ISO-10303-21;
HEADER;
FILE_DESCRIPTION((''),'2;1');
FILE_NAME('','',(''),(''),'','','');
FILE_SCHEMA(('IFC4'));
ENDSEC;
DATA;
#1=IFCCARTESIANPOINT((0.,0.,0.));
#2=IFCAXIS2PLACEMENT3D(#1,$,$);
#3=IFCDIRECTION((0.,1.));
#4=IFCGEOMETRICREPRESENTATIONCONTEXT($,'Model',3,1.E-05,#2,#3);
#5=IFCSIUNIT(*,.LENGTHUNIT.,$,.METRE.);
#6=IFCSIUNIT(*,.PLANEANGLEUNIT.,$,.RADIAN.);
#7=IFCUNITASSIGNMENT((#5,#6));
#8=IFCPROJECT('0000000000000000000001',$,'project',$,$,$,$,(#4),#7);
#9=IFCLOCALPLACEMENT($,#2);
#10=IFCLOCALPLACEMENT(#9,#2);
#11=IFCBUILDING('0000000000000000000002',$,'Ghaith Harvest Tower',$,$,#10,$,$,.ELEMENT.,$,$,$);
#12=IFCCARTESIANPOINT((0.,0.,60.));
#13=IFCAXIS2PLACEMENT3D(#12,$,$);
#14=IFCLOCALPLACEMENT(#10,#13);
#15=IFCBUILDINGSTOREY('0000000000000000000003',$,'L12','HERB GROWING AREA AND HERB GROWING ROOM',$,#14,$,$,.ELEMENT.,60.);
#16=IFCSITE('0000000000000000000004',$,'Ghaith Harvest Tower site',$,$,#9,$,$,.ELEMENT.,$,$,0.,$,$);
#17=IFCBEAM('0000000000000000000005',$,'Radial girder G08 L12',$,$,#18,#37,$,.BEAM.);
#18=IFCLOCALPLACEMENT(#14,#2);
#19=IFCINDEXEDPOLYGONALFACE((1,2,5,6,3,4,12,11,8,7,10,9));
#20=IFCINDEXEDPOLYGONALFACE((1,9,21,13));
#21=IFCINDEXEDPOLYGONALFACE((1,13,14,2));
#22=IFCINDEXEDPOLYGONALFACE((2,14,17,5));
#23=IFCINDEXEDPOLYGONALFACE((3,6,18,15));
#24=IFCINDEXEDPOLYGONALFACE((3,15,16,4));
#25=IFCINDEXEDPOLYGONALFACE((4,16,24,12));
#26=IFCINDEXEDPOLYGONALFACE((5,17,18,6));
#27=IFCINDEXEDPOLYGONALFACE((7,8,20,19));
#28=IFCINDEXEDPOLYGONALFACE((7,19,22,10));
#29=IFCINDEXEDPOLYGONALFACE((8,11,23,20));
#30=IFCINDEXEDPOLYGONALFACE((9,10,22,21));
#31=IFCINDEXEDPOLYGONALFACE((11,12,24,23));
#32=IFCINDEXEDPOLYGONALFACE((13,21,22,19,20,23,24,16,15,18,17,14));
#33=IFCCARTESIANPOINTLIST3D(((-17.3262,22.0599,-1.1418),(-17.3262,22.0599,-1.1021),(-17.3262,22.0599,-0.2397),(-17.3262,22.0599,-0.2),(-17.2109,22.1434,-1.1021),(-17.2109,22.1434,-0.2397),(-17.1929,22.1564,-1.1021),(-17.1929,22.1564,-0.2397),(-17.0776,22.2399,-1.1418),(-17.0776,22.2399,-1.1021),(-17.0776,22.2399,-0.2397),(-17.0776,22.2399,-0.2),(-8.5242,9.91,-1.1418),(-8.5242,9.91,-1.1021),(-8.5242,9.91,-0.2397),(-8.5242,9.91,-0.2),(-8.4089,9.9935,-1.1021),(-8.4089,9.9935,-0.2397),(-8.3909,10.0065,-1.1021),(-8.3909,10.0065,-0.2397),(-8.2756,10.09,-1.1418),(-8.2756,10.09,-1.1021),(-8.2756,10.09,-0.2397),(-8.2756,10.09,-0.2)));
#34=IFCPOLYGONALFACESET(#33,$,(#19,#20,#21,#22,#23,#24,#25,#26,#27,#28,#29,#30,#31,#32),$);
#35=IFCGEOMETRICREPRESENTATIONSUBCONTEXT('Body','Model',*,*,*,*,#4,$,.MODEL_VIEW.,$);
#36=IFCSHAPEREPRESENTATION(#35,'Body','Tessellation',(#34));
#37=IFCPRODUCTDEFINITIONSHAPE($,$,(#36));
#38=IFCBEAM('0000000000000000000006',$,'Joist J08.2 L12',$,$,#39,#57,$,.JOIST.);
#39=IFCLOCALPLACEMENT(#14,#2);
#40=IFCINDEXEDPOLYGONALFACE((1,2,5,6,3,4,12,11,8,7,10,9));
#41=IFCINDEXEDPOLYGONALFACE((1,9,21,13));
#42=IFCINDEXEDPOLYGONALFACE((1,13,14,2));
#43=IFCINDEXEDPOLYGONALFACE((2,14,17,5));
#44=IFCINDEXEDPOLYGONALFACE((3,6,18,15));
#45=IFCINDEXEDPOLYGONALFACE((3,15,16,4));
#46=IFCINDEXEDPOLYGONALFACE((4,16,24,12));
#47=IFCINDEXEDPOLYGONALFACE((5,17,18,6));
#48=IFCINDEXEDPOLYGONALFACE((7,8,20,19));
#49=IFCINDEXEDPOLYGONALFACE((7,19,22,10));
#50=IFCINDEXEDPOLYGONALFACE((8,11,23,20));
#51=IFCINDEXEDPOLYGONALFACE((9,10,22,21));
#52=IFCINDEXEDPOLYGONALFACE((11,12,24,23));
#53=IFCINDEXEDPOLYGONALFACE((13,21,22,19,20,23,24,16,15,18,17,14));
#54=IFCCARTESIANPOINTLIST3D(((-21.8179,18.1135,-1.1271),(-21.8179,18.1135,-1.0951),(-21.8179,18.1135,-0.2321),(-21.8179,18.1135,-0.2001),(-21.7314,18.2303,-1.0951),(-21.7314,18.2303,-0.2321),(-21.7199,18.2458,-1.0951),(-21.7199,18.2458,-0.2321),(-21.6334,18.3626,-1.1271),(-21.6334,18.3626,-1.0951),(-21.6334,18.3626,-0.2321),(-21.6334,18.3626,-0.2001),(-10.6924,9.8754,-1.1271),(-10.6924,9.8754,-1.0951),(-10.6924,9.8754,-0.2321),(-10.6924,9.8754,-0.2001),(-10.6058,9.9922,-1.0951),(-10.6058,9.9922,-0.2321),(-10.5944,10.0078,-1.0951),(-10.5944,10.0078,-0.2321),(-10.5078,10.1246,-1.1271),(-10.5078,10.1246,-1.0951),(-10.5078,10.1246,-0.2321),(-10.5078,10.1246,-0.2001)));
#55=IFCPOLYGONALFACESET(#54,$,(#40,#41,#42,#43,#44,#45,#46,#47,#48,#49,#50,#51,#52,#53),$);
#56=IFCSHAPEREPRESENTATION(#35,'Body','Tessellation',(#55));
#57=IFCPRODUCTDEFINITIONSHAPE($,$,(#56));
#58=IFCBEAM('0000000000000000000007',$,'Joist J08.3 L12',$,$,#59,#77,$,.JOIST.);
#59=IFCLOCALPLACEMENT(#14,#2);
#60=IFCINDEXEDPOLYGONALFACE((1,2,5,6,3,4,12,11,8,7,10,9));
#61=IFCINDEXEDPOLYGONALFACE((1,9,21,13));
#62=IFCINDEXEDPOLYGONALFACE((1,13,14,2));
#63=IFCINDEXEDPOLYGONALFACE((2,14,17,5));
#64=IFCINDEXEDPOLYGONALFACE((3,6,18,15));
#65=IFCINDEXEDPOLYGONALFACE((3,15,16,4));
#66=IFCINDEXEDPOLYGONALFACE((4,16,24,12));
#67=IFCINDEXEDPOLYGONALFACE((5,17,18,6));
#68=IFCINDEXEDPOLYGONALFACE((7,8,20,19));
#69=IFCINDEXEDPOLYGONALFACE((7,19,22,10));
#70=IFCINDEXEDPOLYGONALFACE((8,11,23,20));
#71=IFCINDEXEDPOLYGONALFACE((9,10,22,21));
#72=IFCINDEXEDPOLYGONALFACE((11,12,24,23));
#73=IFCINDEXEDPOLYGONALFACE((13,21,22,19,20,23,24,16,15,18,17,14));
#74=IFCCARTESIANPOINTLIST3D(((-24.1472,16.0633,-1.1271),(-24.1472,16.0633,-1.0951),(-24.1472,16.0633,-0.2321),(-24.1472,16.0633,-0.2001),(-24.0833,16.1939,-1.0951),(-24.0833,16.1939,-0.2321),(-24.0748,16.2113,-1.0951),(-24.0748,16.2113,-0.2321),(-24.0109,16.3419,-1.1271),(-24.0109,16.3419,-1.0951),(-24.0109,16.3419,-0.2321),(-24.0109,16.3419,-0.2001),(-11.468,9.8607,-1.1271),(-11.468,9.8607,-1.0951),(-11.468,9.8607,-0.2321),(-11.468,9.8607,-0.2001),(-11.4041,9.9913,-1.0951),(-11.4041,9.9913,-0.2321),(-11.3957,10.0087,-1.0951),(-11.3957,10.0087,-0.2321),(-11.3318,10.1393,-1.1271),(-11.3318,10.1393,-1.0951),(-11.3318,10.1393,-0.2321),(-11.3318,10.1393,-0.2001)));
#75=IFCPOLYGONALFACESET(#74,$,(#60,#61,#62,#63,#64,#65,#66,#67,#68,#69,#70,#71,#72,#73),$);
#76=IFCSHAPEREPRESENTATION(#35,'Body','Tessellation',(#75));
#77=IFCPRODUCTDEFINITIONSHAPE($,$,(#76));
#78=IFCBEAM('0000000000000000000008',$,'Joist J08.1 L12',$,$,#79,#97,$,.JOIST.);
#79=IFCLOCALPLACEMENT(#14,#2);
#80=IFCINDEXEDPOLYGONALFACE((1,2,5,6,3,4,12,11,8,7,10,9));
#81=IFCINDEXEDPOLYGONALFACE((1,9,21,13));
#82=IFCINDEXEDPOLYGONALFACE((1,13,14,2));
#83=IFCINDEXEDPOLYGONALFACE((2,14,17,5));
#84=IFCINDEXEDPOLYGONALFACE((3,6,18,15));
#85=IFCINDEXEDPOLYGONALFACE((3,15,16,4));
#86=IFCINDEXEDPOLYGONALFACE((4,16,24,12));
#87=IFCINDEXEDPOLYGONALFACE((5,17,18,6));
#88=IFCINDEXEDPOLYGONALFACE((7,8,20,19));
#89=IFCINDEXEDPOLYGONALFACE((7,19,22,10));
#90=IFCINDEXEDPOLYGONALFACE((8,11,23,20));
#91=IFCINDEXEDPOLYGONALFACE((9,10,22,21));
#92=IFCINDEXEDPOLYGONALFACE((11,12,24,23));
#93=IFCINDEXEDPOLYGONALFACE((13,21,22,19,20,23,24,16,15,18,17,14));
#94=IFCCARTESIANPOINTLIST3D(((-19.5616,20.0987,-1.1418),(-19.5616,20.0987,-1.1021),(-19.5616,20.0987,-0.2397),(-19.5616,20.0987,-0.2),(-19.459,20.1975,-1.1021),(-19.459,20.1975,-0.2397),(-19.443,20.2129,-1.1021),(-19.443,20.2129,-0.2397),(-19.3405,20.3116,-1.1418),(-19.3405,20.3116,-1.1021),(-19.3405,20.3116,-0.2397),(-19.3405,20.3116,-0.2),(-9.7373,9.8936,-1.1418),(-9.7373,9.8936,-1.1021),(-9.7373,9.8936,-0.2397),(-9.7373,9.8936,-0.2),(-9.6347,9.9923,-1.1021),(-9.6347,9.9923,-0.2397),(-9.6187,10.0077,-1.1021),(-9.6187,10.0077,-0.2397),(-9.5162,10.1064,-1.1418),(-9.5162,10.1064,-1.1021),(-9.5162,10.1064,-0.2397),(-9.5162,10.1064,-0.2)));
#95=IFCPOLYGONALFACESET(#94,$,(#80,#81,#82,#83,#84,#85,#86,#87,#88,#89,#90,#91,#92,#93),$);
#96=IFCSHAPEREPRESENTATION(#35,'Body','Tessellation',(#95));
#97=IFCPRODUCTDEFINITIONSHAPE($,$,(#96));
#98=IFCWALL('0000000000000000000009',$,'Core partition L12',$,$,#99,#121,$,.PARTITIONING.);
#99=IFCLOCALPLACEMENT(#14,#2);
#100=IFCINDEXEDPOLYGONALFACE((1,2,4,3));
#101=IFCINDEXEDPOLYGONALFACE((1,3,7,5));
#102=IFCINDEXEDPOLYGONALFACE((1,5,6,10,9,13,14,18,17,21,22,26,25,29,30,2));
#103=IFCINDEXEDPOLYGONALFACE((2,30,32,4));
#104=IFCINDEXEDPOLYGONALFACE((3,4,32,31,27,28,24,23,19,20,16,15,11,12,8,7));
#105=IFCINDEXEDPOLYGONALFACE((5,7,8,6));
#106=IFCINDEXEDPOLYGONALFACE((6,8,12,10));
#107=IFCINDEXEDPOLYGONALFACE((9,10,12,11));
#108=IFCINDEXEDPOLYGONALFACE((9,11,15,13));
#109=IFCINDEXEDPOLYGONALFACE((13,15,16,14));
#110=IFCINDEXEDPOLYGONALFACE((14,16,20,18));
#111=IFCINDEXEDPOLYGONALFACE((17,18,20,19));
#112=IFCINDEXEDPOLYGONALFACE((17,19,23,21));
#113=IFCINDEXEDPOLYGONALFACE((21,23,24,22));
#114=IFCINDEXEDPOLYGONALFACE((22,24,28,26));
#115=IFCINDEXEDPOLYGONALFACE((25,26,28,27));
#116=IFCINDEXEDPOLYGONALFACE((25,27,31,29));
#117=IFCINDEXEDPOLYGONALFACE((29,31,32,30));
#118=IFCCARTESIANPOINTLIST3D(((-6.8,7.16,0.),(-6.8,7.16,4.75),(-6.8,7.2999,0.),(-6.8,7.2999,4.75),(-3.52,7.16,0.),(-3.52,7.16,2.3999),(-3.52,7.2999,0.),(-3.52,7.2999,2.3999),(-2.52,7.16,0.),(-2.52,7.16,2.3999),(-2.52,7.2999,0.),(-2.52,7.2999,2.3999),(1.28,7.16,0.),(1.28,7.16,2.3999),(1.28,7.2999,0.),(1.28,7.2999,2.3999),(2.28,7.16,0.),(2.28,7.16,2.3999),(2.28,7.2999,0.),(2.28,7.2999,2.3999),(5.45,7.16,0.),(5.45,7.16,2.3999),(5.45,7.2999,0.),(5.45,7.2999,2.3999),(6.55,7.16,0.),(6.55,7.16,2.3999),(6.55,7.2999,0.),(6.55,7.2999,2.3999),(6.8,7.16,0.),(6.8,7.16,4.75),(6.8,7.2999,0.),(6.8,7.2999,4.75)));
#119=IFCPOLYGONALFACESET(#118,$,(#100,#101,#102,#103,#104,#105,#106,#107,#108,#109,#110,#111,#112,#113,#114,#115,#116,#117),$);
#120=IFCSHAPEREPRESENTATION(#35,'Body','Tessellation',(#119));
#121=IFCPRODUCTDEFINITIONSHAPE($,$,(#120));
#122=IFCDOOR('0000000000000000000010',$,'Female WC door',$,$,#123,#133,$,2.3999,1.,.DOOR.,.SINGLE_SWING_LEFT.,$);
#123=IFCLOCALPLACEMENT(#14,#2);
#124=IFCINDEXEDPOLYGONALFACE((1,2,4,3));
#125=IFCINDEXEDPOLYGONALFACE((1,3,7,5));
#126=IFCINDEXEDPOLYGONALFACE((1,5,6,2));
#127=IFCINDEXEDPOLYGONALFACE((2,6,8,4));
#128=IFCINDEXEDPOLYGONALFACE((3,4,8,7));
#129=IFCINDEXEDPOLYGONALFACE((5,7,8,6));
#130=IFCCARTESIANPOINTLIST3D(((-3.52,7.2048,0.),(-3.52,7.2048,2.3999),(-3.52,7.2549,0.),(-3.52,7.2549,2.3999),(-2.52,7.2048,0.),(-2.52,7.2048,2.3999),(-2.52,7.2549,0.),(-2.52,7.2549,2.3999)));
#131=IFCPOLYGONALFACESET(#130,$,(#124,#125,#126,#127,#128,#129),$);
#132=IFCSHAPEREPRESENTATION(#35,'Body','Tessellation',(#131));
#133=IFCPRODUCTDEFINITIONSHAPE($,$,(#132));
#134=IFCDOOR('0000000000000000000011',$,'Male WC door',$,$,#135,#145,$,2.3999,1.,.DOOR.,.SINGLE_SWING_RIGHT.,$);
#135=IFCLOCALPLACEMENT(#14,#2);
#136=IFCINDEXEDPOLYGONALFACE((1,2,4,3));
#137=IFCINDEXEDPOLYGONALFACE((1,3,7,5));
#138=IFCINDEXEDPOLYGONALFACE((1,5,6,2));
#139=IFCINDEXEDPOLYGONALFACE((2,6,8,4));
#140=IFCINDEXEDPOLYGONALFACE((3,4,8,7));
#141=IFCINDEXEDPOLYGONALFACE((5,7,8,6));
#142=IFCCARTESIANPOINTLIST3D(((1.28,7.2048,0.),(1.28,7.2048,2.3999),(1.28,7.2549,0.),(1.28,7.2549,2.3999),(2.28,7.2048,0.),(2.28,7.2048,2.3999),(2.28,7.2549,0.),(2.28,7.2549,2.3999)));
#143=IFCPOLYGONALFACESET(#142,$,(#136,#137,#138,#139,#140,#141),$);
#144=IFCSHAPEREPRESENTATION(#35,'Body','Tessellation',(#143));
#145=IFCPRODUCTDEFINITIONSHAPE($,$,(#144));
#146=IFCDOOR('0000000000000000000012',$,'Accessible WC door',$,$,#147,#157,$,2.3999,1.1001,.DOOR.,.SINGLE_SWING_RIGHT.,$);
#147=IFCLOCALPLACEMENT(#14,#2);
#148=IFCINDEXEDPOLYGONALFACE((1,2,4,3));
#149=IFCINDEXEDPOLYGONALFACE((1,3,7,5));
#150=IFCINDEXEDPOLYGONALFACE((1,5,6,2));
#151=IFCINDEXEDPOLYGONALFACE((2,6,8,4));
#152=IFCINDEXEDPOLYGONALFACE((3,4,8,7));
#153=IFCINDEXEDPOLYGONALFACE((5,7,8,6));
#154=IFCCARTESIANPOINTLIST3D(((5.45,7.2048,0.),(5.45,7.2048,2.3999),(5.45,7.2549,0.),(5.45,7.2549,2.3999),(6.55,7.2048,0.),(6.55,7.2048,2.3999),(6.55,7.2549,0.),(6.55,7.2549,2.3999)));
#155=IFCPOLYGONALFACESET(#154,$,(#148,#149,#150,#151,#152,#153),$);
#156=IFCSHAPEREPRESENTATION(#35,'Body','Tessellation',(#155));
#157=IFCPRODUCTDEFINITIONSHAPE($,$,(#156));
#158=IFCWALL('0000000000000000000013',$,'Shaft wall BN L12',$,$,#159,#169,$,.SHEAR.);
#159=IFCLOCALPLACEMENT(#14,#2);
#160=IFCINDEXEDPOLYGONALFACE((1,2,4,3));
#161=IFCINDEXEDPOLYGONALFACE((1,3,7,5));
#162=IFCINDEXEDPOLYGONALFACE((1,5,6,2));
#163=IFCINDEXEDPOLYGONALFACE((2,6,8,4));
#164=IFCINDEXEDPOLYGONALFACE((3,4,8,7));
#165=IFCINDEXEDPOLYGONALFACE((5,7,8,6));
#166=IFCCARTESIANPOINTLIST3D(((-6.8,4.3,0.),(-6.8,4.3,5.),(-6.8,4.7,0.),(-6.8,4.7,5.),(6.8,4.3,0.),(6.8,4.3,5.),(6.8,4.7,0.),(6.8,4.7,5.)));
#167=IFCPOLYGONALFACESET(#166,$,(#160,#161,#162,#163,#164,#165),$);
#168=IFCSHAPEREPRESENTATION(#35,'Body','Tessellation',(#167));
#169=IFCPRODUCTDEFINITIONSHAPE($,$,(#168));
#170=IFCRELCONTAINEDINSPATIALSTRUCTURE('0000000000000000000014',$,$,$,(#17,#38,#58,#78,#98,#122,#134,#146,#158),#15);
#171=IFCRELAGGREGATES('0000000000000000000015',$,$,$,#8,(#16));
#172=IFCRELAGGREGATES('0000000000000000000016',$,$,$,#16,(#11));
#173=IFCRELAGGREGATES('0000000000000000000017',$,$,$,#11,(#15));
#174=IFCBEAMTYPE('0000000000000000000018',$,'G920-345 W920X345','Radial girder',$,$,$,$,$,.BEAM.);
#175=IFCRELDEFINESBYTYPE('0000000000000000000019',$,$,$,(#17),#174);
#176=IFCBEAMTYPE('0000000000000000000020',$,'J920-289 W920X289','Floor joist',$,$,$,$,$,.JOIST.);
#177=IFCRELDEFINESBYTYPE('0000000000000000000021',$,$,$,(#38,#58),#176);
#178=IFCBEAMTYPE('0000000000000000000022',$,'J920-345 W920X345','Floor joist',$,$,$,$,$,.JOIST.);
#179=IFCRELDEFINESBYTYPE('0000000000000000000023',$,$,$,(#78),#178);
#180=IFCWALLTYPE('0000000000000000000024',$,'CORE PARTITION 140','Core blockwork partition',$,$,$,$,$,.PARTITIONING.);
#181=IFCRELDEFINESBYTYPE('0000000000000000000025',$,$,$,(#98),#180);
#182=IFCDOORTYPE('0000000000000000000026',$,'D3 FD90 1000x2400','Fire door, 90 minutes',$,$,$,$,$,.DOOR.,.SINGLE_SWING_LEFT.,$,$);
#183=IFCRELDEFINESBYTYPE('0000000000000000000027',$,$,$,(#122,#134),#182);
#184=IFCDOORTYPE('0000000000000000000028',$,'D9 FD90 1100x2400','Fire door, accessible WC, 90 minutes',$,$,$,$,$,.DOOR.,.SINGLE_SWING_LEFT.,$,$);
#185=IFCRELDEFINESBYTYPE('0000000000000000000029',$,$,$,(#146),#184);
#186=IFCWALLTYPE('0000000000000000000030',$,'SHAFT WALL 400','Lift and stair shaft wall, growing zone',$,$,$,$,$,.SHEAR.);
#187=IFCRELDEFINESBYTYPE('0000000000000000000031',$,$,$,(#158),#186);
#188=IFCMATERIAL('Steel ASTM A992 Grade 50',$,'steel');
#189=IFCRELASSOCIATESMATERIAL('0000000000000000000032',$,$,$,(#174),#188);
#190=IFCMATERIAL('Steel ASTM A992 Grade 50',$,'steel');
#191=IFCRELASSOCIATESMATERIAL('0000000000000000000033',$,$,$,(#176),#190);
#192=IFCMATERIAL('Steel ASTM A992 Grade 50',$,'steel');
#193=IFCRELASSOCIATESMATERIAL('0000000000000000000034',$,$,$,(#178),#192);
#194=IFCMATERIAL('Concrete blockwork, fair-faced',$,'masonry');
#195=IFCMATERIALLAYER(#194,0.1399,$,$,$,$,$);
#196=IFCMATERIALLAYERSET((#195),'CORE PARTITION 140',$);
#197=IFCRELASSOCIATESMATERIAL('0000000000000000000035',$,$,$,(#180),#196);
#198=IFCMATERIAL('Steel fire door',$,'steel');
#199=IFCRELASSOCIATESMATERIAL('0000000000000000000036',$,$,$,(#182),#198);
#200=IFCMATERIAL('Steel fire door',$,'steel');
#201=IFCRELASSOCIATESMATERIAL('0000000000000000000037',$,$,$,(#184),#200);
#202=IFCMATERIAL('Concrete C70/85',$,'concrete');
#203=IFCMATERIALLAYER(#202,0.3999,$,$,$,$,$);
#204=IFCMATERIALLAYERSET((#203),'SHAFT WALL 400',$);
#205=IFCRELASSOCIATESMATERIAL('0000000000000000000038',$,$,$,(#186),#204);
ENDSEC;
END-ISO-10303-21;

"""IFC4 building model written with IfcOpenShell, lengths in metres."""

from ifc_helpers import new_model, si_unit, direction, frame, frame_2d, origin, origin_2d, place, context, subcontext, project, spatial, rectangle, i_section, extrude, material, layer, layer_set, material_profile, profile_set, type_object, element, fill, save


model = new_model("IFC4")

# Units and contexts
model_context = context("Model", 3, precision=1e-05, world=origin(), true_north=direction((0.0, 1.0)))
body_context = subcontext(model_context, "Body", "Model", "MODEL_VIEW")
ifc_project = project(units=[si_unit("LENGTHUNIT", "METRE"), si_unit("PLANEANGLEUNIT", "RADIAN")], contexts=[model_context])

# Site, building, storey
site_placement = place(None, origin())
site = spatial("IfcSite", under=ifc_project, at=site_placement, Name="Ghaith Harvest Tower site", CompositionType="ELEMENT", RefElevation=0.0)
building_placement = place(site_placement, origin())
building = spatial("IfcBuilding", under=site, at=building_placement, Name="Ghaith Harvest Tower", CompositionType="ELEMENT")
storey_placement = place(building_placement, frame((0.0, 0.0, 60.0)))
storey = spatial("IfcBuildingStorey", under=building, at=storey_placement, Name="L12", Description="HERB GROWING AREA AND HERB GROWING ROOM", CompositionType="ELEMENT", Elevation=60.0)

# Beams
ifc_material_1 = material(Name="Steel ASTM A992 Grade 50", Category="steel")
ifc_material_profile_1 = material_profile(ifc_material_1, i_section(OverallWidth=0.3069, OverallDepth=0.9419, WebThickness=0.0222, FlangeThickness=0.0398, at=origin_2d()), Name="W920X345")
ifc_profile_set_1 = profile_set([ifc_material_profile_1], Name="Steel ASTM A992 Grade 50")
beam_type_1 = type_object("IfcBeamType", Name="G920-345 W920X345", Description="Radial girder", PredefinedType="BEAM", material=ifc_profile_set_1)
beam_1_placement = place(storey_placement, frame((-8.3999, 10.0, -0.6709), z_axis=(-0.586676, 0.809822, 0.0), x_axis=(-0.809822, -0.586676, 0.0)))
element("IfcBeam", 1, at=beam_1_placement, inside=storey, type_object=beam_type_1, Name="Radial girder G08 L12", PredefinedType="BEAM", context=body_context, shape_type="SweptSolid", body=[
    extrude(i_section(OverallWidth=0.3069, OverallDepth=0.9419, WebThickness=0.0222, FlangeThickness=0.0398, at=origin_2d()), origin(), (0.0, 0.0, 1.0), 15.0032),
])
ifc_material_2 = material(Name="Steel ASTM A992 Grade 50", Category="steel")
ifc_material_profile_2 = material_profile(ifc_material_2, i_section(OverallWidth=0.3101, OverallDepth=0.927, WebThickness=0.0193, FlangeThickness=0.032, at=origin_2d()), Name="W920X289")
ifc_profile_set_2 = profile_set([ifc_material_profile_2], Name="Steel ASTM A992 Grade 50")
beam_type_2 = type_object("IfcBeamType", Name="J920-289 W920X289", Description="Floor joist", PredefinedType="JOIST", material=ifc_profile_set_2)
beam_2_placement = place(storey_placement, frame((-10.6001, 10.0, -0.6636), z_axis=(-0.803663, 0.595085, 0.0), x_axis=(-0.595085, -0.803663, 0.0)))
element("IfcBeam", 2, at=beam_2_placement, inside=storey, type_object=beam_type_2, Name="Joist J08.2 L12", PredefinedType="JOIST", context=body_context, shape_type="SweptSolid", body=[
    extrude(i_section(OverallWidth=0.3101, OverallDepth=0.927, WebThickness=0.0193, FlangeThickness=0.032, at=origin_2d()), origin(), (0.0, 0.0, 1.0), 13.8435),
])
beam_3_placement = place(storey_placement, frame((-11.3999, 10.0, -0.6636), z_axis=(-0.898275, 0.439434, 0.0), x_axis=(-0.439434, -0.898275, 0.0)))
element("IfcBeam", 3, at=beam_3_placement, inside=storey, type_object=beam_type_2, Name="Joist J08.3 L12", PredefinedType="JOIST", context=body_context, shape_type="SweptSolid", body=[
    extrude(i_section(OverallWidth=0.3101, OverallDepth=0.927, WebThickness=0.0193, FlangeThickness=0.032, at=origin_2d()), origin(), (0.0, 0.0, 1.0), 14.115),
])
ifc_material_3 = material(Name="Steel ASTM A992 Grade 50", Category="steel")
ifc_material_profile_3 = material_profile(ifc_material_3, i_section(OverallWidth=0.3069, OverallDepth=0.9419, WebThickness=0.0222, FlangeThickness=0.0398, at=origin_2d()), Name="W920X345")
ifc_profile_set_3 = profile_set([ifc_material_profile_3], Name="Steel ASTM A992 Grade 50")
beam_type_3 = type_object("IfcBeamType", Name="J920-345 W920X345", Description="Floor joist", PredefinedType="JOIST", material=ifc_profile_set_3)
beam_4_placement = place(storey_placement, frame((-9.6267, 10.0, -0.6709), z_axis=(-0.693536, 0.720422, 0.0), x_axis=(-0.720422, -0.693536, 0.0)))
element("IfcBeam", 4, at=beam_4_placement, inside=storey, type_object=beam_type_3, Name="Joist J08.1 L12", PredefinedType="JOIST", context=body_context, shape_type="SweptSolid", body=[
    extrude(i_section(OverallWidth=0.3069, OverallDepth=0.9419, WebThickness=0.0222, FlangeThickness=0.0398, at=origin_2d()), origin(), (0.0, 0.0, 1.0), 14.1655),
])

# Wall, openings, doors
ifc_material_4 = material(Name="Concrete blockwork, fair-faced", Category="masonry")
ifc_layer_1 = layer(ifc_material_4, 0.1399)
ifc_layer_set_1 = layer_set([ifc_layer_1], Name="CORE PARTITION 140")
wall_type_1 = type_object("IfcWallType", Name="CORE PARTITION 140", Description="Core blockwork partition", PredefinedType="PARTITIONING", material=ifc_layer_set_1)
wall_1_placement = place(storey_placement, frame((-6.8, 7.23, 0.0), z_axis=(0.0, 0.0, 1.0), x_axis=(1.0, 0.0, 0.0)))
wall_1 = element("IfcWall", 5, at=wall_1_placement, inside=storey, type_object=wall_type_1, Name="Core partition L12", PredefinedType="PARTITIONING", context=body_context, shape_type="SweptSolid", body=[
    extrude(rectangle(XDim=13.6001, YDim=0.1399, at=frame_2d((6.8, 0.0))), origin(), (0.0, 0.0, 1.0), 4.75),
])
opening_1_placement = place(wall_1_placement, frame((3.28, 0.0, 0.0)))
opening_1 = element("IfcOpeningElement", 6, at=opening_1_placement, cuts=wall_1, PredefinedType="OPENING", context=body_context, shape_type="SweptSolid", body=[
    extrude(rectangle(XDim=1.0, YDim=2.3999, at=frame_2d((0.5, 1.2))), frame((0.0, 0.0801, 0.0), z_axis=(0.0, -1.0, 0.0), x_axis=(1.0, 0.0, 0.0)), (0.0, 0.0, 1.0), 0.1599),
])
opening_2_placement = place(wall_1_placement, frame((8.0801, 0.0, 0.0)))
opening_2 = element("IfcOpeningElement", 7, at=opening_2_placement, cuts=wall_1, PredefinedType="OPENING", context=body_context, shape_type="SweptSolid", body=[
    extrude(rectangle(XDim=1.0, YDim=2.3999, at=frame_2d((0.5, 1.2))), frame((0.0, 0.0801, 0.0), z_axis=(0.0, -1.0, 0.0), x_axis=(1.0, 0.0, 0.0)), (0.0, 0.0, 1.0), 0.1599),
])
opening_3_placement = place(wall_1_placement, frame((12.25, 0.0, 0.0)))
opening_3 = element("IfcOpeningElement", 8, at=opening_3_placement, cuts=wall_1, PredefinedType="OPENING", context=body_context, shape_type="SweptSolid", body=[
    extrude(rectangle(XDim=1.1001, YDim=2.3999, at=frame_2d((0.55, 1.2))), frame((0.0, 0.0801, 0.0), z_axis=(0.0, -1.0, 0.0), x_axis=(1.0, 0.0, 0.0)), (0.0, 0.0, 1.0), 0.1599),
])
ifc_material_5 = material(Name="Steel fire door", Category="steel")
door_type_1 = type_object("IfcDoorType", Name="D3 FD90 1000x2400", Description="Fire door, 90 minutes", OperationType="SINGLE_SWING_LEFT", PredefinedType="DOOR", material=ifc_material_5)
door_1_placement = place(opening_1_placement, origin())
door_1 = element("IfcDoor", 9, at=door_1_placement, inside=storey, type_object=door_type_1, Name="Female WC door", OperationType="SINGLE_SWING_LEFT", OverallHeight=2.3999, OverallWidth=1.0, PredefinedType="DOOR", context=body_context, shape_type="SweptSolid", body=[
    extrude(rectangle(XDim=1.0, YDim=2.3999, at=frame_2d((0.5, 1.2))), frame((0.0, 0.0249, 0.0), z_axis=(0.0, -1.0, 0.0), x_axis=(1.0, 0.0, 0.0)), (0.0, 0.0, 1.0), 0.05),
])
fill(opening_1, door_1)
door_2_placement = place(opening_2_placement, origin())
door_2 = element("IfcDoor", 10, at=door_2_placement, inside=storey, type_object=door_type_1, Name="Male WC door", OperationType="SINGLE_SWING_RIGHT", OverallHeight=2.3999, OverallWidth=1.0, PredefinedType="DOOR", context=body_context, shape_type="SweptSolid", body=[
    extrude(rectangle(XDim=1.0, YDim=2.3999, at=frame_2d((0.5, 1.2))), frame((0.0, 0.0249, 0.0), z_axis=(0.0, -1.0, 0.0), x_axis=(1.0, 0.0, 0.0)), (0.0, 0.0, 1.0), 0.05),
])
fill(opening_2, door_2)
ifc_material_6 = material(Name="Steel fire door", Category="steel")
door_type_2 = type_object("IfcDoorType", Name="D9 FD90 1100x2400", Description="Fire door, accessible WC, 90 minutes", OperationType="SINGLE_SWING_LEFT", PredefinedType="DOOR", material=ifc_material_6)
door_3_placement = place(opening_3_placement, origin())
door_3 = element("IfcDoor", 11, at=door_3_placement, inside=storey, type_object=door_type_2, Name="Accessible WC door", OperationType="SINGLE_SWING_RIGHT", OverallHeight=2.3999, OverallWidth=1.1001, PredefinedType="DOOR", context=body_context, shape_type="SweptSolid", body=[
    extrude(rectangle(XDim=1.1001, YDim=2.3999, at=frame_2d((0.55, 1.2))), frame((0.0, 0.0249, 0.0), z_axis=(0.0, -1.0, 0.0), x_axis=(1.0, 0.0, 0.0)), (0.0, 0.0, 1.0), 0.05),
])
fill(opening_3, door_3)
ifc_material_7 = material(Name="Concrete C70/85", Category="concrete")
ifc_layer_2 = layer(ifc_material_7, 0.3999)
ifc_layer_set_2 = layer_set([ifc_layer_2], Name="SHAFT WALL 400")
wall_type_2 = type_object("IfcWallType", Name="SHAFT WALL 400", Description="Lift and stair shaft wall, growing zone", PredefinedType="SHEAR", material=ifc_layer_set_2)

# Wall
wall_2_placement = place(storey_placement, frame((-6.8, 4.5, 0.0), z_axis=(0.0, 0.0, 1.0), x_axis=(1.0, 0.0, 0.0)))
element("IfcWall", 12, at=wall_2_placement, inside=storey, type_object=wall_type_2, Name="Shaft wall BN L12", PredefinedType="SHEAR", context=body_context, shape_type="SweptSolid", body=[
    extrude(rectangle(XDim=13.6001, YDim=0.3999, at=frame_2d((6.8, 0.0))), origin(), (0.0, 0.0, 1.0), 5.0),
])

save(model, "model.ifc")
